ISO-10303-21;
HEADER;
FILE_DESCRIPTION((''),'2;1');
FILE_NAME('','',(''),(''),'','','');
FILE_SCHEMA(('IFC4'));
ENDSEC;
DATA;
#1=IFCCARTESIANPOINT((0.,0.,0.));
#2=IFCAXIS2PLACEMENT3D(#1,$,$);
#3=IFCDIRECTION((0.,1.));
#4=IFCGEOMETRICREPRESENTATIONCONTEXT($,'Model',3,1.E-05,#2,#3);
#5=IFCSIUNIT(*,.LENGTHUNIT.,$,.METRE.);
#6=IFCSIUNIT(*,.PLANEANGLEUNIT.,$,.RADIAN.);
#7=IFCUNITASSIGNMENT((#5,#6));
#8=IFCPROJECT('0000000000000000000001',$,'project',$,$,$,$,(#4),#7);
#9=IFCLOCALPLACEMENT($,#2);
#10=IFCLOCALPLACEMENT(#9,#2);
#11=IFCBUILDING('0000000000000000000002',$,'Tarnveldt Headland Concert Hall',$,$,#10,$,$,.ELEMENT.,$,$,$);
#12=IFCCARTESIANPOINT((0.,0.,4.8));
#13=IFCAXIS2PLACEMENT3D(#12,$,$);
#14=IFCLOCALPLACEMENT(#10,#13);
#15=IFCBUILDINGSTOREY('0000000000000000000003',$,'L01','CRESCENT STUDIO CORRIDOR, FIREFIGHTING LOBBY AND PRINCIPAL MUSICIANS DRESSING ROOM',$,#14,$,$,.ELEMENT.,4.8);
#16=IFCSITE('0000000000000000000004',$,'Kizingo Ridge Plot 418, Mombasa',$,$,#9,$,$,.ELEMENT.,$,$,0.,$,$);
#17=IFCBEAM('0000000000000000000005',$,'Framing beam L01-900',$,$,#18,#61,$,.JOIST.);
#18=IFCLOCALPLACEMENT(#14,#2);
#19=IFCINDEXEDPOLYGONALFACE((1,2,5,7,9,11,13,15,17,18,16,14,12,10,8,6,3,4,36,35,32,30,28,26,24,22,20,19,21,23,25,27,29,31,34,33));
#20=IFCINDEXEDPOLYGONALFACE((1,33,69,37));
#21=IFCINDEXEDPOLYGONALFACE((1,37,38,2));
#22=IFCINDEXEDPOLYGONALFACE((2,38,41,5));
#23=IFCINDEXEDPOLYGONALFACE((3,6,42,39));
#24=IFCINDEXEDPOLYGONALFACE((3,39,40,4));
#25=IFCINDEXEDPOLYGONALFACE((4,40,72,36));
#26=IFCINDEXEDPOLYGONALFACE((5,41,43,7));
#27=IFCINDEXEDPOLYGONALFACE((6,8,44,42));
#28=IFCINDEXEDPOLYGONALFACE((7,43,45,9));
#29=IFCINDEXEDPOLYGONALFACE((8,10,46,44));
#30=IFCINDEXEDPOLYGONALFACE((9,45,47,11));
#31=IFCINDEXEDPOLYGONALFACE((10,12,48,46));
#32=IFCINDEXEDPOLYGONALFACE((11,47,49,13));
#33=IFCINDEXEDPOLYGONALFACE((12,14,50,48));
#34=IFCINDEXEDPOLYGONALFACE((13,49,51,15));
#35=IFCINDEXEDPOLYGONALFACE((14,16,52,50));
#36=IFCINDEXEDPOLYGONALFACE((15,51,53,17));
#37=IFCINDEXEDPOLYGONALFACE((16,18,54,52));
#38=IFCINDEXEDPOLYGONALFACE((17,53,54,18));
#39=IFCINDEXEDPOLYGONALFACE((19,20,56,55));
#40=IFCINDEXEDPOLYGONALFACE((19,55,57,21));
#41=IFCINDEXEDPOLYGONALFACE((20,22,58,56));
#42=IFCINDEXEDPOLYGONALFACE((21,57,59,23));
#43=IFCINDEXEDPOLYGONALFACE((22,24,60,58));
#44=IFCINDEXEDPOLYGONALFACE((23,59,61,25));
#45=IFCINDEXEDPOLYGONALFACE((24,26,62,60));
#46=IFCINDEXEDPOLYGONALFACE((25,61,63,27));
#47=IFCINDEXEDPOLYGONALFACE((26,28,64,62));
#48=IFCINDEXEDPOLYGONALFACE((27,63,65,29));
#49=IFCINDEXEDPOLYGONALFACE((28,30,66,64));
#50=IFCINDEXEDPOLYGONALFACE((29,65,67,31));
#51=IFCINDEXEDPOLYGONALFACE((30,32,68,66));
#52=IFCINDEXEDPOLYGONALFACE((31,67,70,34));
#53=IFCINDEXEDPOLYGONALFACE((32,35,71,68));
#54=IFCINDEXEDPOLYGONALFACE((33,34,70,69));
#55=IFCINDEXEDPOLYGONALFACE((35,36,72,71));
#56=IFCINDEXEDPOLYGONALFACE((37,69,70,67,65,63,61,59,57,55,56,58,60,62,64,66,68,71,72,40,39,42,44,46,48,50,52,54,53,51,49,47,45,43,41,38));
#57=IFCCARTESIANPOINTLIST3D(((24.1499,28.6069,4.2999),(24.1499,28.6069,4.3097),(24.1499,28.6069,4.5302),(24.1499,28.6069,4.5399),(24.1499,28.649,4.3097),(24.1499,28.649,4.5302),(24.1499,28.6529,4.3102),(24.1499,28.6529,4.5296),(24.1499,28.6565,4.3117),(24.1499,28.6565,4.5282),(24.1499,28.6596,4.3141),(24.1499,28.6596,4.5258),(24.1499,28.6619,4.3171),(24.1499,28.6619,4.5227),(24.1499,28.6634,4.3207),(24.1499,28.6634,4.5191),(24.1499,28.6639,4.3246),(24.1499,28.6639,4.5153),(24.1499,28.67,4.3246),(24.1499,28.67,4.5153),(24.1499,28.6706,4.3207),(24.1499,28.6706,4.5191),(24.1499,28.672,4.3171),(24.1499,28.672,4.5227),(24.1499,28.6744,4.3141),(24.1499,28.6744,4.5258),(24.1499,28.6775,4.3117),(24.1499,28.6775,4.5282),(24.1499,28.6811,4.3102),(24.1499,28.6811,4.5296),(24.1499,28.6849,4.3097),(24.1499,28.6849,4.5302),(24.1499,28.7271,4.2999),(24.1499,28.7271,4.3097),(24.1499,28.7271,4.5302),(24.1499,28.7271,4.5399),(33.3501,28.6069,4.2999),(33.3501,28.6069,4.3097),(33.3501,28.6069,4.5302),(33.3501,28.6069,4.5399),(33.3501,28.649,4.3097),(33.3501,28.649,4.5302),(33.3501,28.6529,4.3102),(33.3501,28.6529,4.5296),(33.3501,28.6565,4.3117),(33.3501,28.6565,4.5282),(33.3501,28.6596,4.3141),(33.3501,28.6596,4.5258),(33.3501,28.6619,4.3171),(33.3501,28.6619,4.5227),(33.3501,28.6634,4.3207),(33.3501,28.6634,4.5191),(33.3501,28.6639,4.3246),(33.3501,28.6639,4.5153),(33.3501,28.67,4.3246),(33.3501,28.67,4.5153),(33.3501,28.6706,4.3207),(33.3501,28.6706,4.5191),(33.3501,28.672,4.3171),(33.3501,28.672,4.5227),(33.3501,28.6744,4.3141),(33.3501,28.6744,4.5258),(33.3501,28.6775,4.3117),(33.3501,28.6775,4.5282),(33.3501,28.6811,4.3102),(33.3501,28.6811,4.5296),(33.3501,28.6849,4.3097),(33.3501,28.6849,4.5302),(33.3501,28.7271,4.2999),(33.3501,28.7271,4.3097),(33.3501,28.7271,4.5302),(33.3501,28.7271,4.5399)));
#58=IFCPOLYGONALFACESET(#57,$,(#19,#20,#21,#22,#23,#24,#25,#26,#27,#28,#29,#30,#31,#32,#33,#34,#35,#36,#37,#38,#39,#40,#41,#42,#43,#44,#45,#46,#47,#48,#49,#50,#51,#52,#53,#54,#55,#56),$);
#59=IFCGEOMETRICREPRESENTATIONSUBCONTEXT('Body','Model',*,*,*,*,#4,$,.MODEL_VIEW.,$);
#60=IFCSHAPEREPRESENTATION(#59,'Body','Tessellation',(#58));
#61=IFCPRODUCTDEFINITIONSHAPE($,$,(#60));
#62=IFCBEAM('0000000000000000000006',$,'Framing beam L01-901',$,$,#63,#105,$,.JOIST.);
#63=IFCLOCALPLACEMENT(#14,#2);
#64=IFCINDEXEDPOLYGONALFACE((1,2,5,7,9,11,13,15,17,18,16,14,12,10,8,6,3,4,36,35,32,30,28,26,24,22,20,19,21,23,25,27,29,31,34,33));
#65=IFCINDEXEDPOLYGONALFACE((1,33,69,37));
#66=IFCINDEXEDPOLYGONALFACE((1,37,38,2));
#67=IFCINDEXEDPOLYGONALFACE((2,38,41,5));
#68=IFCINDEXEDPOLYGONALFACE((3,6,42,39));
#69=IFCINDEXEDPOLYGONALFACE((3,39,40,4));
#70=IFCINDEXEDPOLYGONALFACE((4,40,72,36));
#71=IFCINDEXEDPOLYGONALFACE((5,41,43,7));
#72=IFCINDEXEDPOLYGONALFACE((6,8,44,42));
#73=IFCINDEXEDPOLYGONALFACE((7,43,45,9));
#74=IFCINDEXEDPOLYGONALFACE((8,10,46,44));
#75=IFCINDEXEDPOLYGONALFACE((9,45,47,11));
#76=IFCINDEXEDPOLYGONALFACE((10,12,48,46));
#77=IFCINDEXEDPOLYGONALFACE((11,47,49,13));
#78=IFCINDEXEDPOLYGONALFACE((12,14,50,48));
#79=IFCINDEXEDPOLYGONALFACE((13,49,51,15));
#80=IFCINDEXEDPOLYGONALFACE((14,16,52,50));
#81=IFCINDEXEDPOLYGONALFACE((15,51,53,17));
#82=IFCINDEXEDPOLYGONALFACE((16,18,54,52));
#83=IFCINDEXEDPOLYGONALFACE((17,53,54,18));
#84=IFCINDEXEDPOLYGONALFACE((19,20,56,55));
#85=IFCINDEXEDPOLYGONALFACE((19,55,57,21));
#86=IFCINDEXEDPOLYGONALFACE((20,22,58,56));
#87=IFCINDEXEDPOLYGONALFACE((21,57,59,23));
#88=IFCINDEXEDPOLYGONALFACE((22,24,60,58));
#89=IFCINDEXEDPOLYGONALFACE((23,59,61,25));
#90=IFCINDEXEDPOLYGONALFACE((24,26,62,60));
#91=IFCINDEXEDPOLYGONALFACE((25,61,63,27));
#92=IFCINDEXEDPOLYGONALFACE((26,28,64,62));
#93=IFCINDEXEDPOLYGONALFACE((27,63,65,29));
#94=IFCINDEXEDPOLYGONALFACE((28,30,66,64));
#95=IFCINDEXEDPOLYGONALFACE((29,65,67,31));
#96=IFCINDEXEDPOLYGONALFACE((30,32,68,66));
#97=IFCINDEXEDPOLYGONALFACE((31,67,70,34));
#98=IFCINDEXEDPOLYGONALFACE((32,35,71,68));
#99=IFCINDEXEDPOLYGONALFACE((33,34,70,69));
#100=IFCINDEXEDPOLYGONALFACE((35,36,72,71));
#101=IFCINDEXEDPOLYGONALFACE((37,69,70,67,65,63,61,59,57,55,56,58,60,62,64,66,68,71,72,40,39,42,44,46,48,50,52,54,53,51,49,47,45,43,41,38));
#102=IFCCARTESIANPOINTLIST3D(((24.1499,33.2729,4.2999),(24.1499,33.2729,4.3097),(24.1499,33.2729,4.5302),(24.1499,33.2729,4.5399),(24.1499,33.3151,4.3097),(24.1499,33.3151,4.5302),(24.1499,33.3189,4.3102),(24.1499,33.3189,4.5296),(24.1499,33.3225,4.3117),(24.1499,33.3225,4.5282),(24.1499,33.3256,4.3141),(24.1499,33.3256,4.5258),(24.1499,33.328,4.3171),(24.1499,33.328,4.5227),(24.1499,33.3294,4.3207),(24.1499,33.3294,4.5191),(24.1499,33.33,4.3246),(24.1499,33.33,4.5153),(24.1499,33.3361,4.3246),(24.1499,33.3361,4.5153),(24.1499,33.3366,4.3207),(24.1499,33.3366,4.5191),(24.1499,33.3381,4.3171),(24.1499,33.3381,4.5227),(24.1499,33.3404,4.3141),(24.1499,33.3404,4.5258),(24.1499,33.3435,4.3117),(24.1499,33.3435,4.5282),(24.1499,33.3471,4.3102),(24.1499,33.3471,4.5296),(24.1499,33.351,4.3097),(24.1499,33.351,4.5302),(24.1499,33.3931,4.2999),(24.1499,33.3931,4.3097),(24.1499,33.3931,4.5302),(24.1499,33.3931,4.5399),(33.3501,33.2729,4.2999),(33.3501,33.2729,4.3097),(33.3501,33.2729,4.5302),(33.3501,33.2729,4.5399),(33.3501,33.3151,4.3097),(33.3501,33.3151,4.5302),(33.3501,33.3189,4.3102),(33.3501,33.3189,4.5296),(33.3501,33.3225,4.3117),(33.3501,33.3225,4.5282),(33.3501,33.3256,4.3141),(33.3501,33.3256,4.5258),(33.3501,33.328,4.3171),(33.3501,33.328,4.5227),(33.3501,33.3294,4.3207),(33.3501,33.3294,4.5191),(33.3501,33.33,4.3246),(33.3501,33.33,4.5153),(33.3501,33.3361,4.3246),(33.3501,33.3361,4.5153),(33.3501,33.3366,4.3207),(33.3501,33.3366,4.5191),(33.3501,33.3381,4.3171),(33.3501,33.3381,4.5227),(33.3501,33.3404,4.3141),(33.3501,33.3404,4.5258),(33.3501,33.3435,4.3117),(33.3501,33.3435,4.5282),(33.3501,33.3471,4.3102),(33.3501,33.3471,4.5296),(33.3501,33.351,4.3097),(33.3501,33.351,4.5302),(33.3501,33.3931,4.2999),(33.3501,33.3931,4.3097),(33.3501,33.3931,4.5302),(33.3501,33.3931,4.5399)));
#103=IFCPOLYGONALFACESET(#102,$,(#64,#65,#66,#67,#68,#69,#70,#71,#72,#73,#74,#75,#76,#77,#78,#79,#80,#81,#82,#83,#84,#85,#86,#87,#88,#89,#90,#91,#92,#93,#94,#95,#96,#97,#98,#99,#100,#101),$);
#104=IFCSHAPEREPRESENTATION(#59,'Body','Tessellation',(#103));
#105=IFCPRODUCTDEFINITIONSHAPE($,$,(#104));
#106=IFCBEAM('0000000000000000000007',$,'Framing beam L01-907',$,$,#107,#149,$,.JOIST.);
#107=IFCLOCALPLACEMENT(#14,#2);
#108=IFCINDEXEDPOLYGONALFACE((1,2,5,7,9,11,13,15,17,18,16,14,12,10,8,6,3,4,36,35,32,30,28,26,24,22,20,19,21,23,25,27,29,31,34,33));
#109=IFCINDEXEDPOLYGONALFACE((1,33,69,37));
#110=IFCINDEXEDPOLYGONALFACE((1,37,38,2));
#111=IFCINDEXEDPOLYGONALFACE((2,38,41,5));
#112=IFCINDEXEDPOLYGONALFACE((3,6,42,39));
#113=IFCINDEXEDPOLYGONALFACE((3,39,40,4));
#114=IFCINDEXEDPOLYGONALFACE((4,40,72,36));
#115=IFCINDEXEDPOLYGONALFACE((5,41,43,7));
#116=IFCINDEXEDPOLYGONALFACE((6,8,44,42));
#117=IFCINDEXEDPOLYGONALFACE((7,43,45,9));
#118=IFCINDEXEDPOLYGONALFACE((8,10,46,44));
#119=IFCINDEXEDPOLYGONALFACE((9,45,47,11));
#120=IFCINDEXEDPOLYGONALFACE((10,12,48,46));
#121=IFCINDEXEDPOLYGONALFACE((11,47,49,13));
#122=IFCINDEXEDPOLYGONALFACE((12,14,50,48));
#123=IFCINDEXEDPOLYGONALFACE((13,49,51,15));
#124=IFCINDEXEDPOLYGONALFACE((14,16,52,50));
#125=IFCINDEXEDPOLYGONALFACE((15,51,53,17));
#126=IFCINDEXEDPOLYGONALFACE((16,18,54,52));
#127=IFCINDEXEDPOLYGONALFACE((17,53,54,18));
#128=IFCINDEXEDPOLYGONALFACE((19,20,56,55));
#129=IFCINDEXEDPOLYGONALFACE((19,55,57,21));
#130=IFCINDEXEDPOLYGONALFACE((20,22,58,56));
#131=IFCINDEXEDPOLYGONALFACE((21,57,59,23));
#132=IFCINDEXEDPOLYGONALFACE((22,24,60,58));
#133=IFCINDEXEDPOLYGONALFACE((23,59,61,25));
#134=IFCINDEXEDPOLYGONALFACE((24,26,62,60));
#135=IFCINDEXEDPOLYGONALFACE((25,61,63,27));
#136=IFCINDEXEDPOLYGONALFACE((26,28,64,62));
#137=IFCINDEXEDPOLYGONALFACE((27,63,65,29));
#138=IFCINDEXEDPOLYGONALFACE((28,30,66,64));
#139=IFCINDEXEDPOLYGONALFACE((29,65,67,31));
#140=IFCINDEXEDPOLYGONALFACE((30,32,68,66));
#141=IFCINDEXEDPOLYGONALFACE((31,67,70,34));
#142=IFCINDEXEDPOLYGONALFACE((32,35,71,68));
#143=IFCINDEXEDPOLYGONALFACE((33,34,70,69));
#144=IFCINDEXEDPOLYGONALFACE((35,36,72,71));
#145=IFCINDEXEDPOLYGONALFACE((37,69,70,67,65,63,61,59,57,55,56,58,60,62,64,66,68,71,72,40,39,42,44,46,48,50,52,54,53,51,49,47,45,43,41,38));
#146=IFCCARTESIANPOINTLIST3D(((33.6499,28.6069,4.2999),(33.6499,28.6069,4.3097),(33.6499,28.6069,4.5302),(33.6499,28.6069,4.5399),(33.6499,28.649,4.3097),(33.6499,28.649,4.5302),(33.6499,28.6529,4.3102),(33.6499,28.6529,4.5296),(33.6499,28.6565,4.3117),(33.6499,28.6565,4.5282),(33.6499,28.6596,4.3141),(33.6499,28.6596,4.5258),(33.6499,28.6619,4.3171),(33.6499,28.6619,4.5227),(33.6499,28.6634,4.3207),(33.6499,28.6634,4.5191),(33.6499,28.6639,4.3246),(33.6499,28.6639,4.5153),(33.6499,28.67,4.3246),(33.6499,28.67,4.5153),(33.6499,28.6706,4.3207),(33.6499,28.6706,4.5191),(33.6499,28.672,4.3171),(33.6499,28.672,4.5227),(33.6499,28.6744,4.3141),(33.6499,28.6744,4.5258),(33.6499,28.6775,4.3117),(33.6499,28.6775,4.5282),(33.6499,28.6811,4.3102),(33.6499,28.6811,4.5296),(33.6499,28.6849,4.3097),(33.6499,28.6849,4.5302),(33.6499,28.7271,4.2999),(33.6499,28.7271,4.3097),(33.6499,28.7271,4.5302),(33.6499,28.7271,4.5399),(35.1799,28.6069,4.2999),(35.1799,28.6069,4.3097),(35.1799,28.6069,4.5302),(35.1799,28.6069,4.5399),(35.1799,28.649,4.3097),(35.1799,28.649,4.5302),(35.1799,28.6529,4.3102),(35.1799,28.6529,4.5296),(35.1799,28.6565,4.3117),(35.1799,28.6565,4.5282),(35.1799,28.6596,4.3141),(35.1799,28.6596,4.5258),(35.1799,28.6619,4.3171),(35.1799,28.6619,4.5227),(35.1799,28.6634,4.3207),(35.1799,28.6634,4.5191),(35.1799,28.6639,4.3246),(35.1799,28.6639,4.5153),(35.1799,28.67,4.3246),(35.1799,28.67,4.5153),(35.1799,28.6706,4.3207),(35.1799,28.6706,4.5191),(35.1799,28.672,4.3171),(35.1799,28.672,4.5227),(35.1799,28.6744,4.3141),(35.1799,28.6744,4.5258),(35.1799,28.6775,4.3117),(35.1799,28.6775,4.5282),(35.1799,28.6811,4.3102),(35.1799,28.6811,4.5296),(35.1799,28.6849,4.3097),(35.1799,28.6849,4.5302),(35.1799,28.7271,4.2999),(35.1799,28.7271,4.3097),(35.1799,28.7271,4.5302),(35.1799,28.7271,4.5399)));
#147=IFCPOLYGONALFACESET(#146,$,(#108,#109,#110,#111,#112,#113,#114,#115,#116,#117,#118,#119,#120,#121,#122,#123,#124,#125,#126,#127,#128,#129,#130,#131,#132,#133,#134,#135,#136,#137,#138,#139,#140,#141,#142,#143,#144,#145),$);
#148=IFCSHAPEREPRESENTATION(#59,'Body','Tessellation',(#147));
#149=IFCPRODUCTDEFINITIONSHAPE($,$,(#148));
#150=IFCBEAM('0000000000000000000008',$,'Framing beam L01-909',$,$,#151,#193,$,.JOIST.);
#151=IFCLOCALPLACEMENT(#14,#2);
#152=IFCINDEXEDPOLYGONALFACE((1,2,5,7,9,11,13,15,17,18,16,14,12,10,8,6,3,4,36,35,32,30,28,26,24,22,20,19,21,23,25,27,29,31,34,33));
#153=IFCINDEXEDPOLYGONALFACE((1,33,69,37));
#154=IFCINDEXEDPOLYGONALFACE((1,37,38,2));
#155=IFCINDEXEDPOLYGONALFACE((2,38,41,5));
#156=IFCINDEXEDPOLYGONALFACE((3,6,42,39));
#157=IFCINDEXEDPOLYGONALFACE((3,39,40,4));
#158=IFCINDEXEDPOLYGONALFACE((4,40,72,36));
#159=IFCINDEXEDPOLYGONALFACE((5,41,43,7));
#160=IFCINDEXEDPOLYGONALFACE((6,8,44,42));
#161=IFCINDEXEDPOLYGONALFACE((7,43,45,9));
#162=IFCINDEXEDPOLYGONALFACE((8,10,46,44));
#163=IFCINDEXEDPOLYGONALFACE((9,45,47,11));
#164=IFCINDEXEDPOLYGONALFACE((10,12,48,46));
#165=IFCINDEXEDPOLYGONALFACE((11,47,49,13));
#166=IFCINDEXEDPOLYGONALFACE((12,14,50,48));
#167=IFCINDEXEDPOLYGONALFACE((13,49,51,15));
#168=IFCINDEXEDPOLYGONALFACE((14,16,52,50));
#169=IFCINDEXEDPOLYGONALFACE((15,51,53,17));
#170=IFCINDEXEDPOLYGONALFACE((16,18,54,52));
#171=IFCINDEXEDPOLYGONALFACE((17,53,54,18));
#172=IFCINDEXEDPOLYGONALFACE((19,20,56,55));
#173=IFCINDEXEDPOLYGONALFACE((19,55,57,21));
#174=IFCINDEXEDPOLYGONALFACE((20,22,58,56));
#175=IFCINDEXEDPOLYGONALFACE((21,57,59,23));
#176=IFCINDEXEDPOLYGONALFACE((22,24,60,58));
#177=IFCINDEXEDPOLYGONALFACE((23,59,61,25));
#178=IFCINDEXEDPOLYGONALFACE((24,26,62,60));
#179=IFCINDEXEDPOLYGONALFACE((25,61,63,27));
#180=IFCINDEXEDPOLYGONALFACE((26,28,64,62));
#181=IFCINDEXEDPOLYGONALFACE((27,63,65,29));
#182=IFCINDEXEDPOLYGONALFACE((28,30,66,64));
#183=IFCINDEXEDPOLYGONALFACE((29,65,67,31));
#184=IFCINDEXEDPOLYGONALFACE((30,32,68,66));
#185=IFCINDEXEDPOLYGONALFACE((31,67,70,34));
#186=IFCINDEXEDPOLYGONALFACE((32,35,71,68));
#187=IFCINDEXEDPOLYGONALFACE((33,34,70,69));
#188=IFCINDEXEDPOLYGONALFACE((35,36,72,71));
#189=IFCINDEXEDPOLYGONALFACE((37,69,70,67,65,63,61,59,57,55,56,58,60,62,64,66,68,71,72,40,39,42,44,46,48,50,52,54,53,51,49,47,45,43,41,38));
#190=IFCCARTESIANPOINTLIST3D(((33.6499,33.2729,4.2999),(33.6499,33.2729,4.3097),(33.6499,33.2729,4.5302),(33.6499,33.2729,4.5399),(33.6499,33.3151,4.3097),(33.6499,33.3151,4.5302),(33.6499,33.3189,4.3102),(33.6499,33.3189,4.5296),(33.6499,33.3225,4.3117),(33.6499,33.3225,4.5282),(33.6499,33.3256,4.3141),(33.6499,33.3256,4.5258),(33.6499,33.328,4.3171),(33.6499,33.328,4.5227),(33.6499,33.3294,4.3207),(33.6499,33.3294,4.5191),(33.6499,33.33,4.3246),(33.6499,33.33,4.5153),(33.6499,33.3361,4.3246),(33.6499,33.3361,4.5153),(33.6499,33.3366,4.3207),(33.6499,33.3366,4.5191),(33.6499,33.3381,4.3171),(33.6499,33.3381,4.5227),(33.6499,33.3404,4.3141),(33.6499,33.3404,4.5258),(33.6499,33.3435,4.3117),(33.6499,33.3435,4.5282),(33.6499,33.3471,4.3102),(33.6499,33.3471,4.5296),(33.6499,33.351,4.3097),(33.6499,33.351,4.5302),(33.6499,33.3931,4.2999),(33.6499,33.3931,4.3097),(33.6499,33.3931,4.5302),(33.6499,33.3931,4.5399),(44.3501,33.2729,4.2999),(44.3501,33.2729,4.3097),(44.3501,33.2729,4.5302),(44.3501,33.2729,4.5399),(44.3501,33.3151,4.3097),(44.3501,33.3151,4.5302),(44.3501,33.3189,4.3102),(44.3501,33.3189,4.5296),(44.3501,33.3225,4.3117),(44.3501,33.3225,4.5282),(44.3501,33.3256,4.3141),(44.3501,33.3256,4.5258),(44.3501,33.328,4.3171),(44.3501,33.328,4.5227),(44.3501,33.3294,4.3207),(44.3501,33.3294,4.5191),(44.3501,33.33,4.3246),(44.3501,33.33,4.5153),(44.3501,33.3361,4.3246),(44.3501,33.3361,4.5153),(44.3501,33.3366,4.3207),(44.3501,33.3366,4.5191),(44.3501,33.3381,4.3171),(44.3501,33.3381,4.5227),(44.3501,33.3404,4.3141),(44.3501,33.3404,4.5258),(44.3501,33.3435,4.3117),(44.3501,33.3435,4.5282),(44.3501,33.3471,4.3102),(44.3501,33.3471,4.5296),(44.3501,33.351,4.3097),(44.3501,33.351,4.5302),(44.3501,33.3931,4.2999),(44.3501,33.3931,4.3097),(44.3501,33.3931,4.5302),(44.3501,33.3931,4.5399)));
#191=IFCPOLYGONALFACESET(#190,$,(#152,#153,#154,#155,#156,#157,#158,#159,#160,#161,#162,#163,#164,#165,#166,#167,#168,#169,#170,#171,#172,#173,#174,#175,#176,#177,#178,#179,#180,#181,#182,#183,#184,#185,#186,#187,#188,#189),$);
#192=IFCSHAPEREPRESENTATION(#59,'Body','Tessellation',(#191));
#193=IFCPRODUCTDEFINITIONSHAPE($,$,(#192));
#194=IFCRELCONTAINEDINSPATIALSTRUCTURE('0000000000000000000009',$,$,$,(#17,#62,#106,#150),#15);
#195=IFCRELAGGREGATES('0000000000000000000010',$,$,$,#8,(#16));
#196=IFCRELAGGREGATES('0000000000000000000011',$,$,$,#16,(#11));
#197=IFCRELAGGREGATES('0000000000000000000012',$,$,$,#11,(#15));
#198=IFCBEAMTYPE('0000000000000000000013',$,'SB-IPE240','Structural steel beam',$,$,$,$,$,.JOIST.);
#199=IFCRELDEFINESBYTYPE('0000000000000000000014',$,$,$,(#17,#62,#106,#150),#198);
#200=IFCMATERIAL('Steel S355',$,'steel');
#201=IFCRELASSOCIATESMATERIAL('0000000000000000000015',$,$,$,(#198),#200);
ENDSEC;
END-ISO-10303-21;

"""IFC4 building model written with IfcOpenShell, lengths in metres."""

from ifc_helpers import new_model, si_unit, direction, frame, origin, origin_2d, place, context, subcontext, project, spatial, i_section, extrude, material, material_profile, profile_set, type_object, element, save


model = new_model("IFC4")

# Units and contexts
model_context = context("Model", 3, precision=1e-05, world=origin(), true_north=direction((0.0, 1.0)))
body_context = subcontext(model_context, "Body", "Model", "MODEL_VIEW")
ifc_project = project(units=[si_unit("LENGTHUNIT", "METRE"), si_unit("PLANEANGLEUNIT", "RADIAN")], contexts=[model_context])

# Site, building, storey
site_placement = place(None, origin())
site = spatial("IfcSite", under=ifc_project, at=site_placement, Name="Kizingo Ridge Plot 418, Mombasa", CompositionType="ELEMENT", RefElevation=0.0)
building_placement = place(site_placement, origin())
building = spatial("IfcBuilding", under=site, at=building_placement, Name="Tarnveldt Headland Concert Hall", CompositionType="ELEMENT")
storey_placement = place(building_placement, frame((0.0, 0.0, 4.8)))
storey = spatial("IfcBuildingStorey", under=building, at=storey_placement, Name="L01", Description="CRESCENT STUDIO CORRIDOR, FIREFIGHTING LOBBY AND PRINCIPAL MUSICIANS DRESSING ROOM", CompositionType="ELEMENT", Elevation=4.8)

# Shared definitions
ifc_material_1 = material(Name="Steel S355", Category="steel")

# Beams
ifc_material_profile_1 = material_profile(ifc_material_1, i_section(OverallWidth=0.1201, OverallDepth=0.24, WebThickness=0.0061, FlangeThickness=0.0098, FilletRadius=0.0149, at=origin_2d()), Name="IPE240", Category="steel")
ifc_profile_set_1 = profile_set([ifc_material_profile_1], Name="Steel S355")
beam_type_1 = type_object("IfcBeamType", Name="SB-IPE240", Description="Structural steel beam", PredefinedType="JOIST", material=ifc_profile_set_1)
for number, where, z_axis, x_axis, name in (
    (1, (24.1499, 28.667, 4.4199), (1.0, 0.0, 0.0), (0.0, 1.0, 0.0), "Framing beam L01-900"),
    (2, (24.1499, 33.333, 4.4199), (1.0, 0.0, 0.0), (0.0, 1.0, 0.0), "Framing beam L01-901"),
):
    element("IfcBeam", number, at=place(storey_placement, frame(where, z_axis=z_axis, x_axis=x_axis)), inside=storey, type_object=beam_type_1, Name=name, PredefinedType="JOIST", context=body_context, shape_type="SweptSolid", body=[
        extrude(i_section(OverallWidth=0.1201, OverallDepth=0.24, WebThickness=0.0061, FlangeThickness=0.0098, FilletRadius=0.0149, at=origin_2d()), origin(), (0.0, 0.0, 1.0), 9.2002),
    ])
beam_1_placement = place(storey_placement, frame((33.6499, 28.667, 4.4199), z_axis=(1.0, 0.0, 0.0), x_axis=(0.0, 1.0, 0.0)))
element("IfcBeam", 3, at=beam_1_placement, inside=storey, type_object=beam_type_1, Name="Framing beam L01-907", PredefinedType="JOIST", context=body_context, shape_type="SweptSolid", body=[
    extrude(i_section(OverallWidth=0.1201, OverallDepth=0.24, WebThickness=0.0061, FlangeThickness=0.0098, FilletRadius=0.0149, at=origin_2d()), origin(), (0.0, 0.0, 1.0), 1.53),
])
beam_2_placement = place(storey_placement, frame((33.6499, 33.333, 4.4199), z_axis=(1.0, 0.0, 0.0), x_axis=(0.0, 1.0, 0.0)))
element("IfcBeam", 4, at=beam_2_placement, inside=storey, type_object=beam_type_1, Name="Framing beam L01-909", PredefinedType="JOIST", context=body_context, shape_type="SweptSolid", body=[
    extrude(i_section(OverallWidth=0.1201, OverallDepth=0.24, WebThickness=0.0061, FlangeThickness=0.0098, FilletRadius=0.0149, at=origin_2d()), origin(), (0.0, 0.0, 1.0), 10.7002),
])

save(model, "model.ifc")
